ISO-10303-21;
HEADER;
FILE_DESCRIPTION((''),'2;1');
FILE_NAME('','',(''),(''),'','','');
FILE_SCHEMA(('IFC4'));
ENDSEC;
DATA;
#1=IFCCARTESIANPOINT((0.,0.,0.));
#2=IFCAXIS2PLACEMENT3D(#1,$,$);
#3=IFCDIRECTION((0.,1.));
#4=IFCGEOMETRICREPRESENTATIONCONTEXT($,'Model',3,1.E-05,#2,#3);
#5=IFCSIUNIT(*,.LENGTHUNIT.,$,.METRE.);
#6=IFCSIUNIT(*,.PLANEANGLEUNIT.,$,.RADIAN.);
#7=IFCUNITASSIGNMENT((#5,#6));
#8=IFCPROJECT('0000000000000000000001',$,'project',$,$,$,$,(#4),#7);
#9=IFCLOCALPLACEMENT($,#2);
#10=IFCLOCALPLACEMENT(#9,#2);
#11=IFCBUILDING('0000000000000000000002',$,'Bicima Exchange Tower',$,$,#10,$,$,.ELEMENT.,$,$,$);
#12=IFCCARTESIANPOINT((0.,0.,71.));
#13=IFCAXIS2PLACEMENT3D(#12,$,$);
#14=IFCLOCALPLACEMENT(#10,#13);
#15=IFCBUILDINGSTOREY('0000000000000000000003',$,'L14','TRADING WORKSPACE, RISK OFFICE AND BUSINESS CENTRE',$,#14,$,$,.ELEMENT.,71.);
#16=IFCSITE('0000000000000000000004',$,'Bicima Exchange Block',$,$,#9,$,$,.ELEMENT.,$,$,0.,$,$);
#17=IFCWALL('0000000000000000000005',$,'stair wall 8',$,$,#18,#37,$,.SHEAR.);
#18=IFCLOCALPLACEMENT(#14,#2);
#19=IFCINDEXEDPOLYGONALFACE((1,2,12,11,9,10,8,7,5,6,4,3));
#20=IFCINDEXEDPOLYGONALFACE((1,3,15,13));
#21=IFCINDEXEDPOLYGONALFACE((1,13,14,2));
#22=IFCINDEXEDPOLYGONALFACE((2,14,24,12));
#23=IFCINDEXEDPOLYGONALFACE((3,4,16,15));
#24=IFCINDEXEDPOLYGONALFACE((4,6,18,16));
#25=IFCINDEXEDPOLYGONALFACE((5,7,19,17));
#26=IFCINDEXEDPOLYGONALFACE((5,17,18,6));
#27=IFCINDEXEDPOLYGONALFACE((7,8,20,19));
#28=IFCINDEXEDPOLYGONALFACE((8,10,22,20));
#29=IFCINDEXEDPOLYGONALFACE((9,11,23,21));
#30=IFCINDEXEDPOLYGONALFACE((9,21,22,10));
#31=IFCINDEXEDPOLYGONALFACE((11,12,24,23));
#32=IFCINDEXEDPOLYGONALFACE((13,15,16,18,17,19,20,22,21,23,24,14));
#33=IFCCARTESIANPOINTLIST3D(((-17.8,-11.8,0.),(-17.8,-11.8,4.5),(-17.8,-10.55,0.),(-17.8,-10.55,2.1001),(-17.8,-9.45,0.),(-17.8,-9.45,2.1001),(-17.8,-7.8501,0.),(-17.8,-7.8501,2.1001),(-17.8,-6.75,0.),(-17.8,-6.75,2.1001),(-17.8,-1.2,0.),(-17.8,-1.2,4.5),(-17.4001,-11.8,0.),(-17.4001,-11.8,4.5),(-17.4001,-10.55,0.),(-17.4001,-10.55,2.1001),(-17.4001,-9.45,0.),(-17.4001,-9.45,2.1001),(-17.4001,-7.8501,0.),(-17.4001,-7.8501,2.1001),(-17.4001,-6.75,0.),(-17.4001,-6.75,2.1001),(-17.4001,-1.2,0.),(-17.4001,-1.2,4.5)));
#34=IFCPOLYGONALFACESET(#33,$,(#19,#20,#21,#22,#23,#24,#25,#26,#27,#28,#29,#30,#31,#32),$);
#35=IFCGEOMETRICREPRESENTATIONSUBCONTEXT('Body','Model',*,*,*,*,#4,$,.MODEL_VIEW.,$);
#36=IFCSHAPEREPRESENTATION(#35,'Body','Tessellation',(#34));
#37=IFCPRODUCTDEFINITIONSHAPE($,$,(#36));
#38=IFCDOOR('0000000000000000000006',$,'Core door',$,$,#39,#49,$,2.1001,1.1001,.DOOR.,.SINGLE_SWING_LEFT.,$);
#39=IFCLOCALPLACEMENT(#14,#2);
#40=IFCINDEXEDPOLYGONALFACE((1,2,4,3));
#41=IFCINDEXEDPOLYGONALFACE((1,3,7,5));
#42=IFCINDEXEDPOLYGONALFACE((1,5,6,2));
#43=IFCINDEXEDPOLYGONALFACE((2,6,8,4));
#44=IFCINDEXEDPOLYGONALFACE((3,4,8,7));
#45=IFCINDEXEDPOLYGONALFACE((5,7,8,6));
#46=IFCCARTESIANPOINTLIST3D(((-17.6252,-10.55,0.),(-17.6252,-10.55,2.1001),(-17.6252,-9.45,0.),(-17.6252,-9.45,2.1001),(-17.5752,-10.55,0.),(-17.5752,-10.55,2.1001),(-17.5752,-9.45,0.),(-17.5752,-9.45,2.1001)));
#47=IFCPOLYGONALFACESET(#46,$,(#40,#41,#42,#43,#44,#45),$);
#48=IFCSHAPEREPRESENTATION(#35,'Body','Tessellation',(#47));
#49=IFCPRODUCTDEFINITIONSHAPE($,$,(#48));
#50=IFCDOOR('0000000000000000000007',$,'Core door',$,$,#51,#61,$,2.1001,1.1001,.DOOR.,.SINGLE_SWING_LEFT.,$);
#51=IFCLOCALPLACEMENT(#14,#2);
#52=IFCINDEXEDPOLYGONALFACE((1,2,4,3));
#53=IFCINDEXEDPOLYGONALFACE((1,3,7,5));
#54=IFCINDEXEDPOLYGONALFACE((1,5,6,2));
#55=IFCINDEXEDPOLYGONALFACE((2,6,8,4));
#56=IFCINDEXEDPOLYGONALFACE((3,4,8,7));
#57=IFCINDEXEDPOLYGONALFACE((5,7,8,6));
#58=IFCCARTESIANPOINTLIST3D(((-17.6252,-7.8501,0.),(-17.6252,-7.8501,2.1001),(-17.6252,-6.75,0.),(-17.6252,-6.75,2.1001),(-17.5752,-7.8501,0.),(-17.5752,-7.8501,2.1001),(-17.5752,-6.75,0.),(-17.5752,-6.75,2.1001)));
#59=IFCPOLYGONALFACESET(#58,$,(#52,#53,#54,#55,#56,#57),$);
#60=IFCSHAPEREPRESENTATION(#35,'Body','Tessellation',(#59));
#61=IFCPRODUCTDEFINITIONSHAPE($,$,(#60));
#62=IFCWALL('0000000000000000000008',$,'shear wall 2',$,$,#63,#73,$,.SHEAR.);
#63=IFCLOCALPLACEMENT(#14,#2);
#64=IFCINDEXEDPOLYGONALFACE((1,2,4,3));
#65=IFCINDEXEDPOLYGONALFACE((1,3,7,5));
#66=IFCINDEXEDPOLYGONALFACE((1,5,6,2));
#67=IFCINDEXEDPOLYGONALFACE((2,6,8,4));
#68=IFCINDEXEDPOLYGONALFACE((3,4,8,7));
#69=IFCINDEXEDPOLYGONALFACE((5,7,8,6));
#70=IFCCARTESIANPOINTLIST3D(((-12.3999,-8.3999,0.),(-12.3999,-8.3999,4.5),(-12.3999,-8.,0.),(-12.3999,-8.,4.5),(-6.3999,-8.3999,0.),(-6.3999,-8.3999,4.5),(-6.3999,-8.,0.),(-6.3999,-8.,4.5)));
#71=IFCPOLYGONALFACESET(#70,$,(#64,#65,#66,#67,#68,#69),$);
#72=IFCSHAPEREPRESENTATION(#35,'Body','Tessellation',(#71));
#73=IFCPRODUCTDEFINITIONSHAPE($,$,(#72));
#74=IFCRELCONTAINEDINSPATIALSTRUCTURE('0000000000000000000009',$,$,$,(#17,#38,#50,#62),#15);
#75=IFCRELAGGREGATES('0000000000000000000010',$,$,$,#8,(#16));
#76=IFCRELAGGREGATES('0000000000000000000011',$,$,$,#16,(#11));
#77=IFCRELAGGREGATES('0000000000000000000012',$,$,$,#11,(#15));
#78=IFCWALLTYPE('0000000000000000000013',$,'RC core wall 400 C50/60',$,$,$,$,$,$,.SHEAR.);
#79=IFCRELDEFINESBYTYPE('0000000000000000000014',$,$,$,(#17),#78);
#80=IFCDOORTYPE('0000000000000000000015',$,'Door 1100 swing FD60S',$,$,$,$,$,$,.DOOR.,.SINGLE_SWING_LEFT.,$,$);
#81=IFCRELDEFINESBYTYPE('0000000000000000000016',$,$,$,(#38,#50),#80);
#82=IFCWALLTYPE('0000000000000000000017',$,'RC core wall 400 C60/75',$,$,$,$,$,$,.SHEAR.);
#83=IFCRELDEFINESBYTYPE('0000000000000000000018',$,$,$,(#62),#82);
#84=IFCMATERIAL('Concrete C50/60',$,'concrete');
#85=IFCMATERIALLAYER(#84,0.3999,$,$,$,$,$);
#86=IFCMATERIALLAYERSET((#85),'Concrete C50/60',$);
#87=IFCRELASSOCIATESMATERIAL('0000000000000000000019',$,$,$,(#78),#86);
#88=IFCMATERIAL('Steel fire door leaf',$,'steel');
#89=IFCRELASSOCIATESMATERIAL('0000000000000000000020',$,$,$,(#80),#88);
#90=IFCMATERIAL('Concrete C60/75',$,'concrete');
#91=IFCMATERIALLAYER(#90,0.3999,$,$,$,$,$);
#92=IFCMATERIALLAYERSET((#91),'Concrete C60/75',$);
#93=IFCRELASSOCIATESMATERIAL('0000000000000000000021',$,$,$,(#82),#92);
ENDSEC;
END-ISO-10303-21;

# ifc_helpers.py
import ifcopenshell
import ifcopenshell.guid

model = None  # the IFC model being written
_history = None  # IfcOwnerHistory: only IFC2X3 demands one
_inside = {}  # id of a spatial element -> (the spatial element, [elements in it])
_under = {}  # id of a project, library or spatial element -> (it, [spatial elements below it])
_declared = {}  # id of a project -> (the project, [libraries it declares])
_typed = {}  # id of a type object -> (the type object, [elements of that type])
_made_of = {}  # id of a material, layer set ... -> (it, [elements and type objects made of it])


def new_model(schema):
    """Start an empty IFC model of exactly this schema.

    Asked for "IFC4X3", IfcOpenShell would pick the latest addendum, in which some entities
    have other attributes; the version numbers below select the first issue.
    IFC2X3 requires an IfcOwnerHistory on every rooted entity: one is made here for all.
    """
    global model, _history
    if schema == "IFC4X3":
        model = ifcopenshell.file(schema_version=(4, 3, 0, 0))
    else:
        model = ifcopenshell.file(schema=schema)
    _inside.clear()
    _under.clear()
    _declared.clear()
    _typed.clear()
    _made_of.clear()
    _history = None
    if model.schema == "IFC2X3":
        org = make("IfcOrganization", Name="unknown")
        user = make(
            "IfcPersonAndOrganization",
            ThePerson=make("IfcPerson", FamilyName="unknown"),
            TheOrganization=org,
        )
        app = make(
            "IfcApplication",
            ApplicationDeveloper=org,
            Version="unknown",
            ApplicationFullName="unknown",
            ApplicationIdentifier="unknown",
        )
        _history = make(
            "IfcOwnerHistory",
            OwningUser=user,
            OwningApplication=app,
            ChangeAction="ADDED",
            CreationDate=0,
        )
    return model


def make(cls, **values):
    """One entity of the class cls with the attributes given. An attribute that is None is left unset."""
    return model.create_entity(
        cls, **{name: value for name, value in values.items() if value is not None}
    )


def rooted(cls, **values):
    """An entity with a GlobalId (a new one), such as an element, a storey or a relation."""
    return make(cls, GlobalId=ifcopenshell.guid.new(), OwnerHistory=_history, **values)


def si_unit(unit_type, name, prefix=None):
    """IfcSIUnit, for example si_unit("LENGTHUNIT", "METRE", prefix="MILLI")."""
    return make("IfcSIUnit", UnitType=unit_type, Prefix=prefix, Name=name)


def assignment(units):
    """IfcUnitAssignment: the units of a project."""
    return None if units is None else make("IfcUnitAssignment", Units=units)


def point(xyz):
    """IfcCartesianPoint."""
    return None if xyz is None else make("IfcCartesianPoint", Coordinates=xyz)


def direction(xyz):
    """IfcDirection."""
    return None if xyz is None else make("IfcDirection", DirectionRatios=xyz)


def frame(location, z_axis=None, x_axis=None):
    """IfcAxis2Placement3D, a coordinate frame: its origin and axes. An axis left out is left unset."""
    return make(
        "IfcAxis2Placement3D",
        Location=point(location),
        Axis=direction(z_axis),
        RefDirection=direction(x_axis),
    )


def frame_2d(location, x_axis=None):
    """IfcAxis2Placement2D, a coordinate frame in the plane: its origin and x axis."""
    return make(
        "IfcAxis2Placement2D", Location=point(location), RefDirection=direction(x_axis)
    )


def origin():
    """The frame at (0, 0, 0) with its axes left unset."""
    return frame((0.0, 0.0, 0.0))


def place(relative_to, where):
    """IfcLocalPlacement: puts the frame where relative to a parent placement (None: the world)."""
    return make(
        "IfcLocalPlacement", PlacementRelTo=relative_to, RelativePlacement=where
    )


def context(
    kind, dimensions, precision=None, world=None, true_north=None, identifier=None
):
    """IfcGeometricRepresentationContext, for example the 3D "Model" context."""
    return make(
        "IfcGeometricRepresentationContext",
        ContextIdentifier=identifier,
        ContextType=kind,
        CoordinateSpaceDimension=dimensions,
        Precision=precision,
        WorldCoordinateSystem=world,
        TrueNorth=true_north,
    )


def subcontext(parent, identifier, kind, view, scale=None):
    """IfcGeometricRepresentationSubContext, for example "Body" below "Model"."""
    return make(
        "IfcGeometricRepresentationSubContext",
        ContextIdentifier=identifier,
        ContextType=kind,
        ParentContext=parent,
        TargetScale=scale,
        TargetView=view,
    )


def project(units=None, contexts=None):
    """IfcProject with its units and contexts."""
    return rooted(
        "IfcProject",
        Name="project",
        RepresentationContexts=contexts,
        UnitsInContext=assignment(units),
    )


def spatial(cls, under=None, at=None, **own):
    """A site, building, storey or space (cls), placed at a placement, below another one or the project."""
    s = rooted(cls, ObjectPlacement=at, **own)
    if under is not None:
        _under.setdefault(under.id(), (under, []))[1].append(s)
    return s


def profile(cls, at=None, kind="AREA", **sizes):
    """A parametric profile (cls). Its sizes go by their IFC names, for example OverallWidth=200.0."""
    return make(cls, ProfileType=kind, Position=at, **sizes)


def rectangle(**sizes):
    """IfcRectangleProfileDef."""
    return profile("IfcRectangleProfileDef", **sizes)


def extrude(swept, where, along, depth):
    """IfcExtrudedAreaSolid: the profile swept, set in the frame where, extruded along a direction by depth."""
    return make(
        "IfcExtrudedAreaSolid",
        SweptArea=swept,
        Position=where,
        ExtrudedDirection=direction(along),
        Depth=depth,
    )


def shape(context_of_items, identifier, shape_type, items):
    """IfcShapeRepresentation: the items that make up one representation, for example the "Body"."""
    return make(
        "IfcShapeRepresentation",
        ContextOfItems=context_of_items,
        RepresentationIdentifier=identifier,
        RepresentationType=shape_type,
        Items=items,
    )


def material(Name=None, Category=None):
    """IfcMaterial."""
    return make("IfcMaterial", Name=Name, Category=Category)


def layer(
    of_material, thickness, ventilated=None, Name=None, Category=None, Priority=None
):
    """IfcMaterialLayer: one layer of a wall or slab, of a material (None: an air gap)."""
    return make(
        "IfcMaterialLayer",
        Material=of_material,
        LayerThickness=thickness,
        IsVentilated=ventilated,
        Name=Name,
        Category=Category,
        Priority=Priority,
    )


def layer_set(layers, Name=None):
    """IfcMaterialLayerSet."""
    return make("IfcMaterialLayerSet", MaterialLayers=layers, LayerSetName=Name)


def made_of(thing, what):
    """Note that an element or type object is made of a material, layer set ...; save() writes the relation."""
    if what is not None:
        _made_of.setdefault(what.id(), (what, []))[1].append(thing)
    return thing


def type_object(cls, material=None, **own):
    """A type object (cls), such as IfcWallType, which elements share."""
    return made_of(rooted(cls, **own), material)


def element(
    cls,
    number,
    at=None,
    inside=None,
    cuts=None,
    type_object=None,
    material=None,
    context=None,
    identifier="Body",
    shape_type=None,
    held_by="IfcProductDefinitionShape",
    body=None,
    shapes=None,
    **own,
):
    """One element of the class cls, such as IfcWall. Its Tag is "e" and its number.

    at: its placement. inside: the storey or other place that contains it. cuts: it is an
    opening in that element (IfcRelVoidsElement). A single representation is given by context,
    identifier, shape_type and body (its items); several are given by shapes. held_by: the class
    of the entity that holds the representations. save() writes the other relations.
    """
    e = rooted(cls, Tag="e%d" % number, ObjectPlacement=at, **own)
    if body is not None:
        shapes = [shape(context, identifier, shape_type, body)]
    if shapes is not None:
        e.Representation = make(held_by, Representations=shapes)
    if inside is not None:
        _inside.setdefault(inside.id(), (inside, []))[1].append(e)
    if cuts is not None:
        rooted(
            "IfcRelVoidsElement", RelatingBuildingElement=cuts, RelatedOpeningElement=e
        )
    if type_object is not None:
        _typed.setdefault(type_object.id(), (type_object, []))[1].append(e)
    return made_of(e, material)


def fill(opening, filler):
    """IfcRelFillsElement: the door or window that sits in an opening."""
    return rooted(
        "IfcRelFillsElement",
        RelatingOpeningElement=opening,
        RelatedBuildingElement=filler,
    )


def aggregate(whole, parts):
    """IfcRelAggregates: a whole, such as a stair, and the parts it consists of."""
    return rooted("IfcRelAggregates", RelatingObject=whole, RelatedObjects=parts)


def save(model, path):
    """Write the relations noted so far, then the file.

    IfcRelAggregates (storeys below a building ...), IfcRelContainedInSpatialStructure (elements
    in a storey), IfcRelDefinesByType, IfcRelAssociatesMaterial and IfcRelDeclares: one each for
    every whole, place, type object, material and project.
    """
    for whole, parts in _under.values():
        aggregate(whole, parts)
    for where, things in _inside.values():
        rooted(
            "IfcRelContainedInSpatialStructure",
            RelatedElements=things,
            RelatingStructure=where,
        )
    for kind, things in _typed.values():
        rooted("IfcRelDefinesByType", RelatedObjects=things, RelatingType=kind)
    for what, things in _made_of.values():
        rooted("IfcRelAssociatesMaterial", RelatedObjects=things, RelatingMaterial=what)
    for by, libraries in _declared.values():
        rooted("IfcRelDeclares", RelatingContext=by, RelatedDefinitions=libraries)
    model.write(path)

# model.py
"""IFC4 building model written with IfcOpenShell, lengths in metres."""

from ifc_helpers import new_model, si_unit, direction, frame, frame_2d, origin, place, context, subcontext, project, spatial, rectangle, extrude, material, layer, layer_set, type_object, element, fill, save


model = new_model("IFC4")

# Units and contexts
model_context = context("Model", 3, precision=1e-05, world=origin(), true_north=direction((0.0, 1.0)))
body_context = subcontext(model_context, "Body", "Model", "MODEL_VIEW")
ifc_project = project(units=[si_unit("LENGTHUNIT", "METRE"), si_unit("PLANEANGLEUNIT", "RADIAN")], contexts=[model_context])

# Site, building, storey
site_placement = place(None, origin())
site = spatial("IfcSite", under=ifc_project, at=site_placement, Name="Bicima Exchange Block", CompositionType="ELEMENT", RefElevation=0.0)
building_placement = place(site_placement, origin())
building = spatial("IfcBuilding", under=site, at=building_placement, Name="Bicima Exchange Tower", CompositionType="ELEMENT")
storey_placement = place(building_placement, frame((0.0, 0.0, 71.0)))
storey = spatial("IfcBuildingStorey", under=building, at=storey_placement, Name="L14", Description="TRADING WORKSPACE, RISK OFFICE AND BUSINESS CENTRE", CompositionType="ELEMENT", Elevation=71.0)

# Wall, openings, doors
ifc_material_1 = material(Name="Concrete C50/60", Category="concrete")
ifc_layer_1 = layer(ifc_material_1, 0.3999)
ifc_layer_set_1 = layer_set([ifc_layer_1], Name="Concrete C50/60")
wall_type_1 = type_object("IfcWallType", Name="RC core wall 400 C50/60", PredefinedType="SHEAR", material=ifc_layer_set_1)
wall_1_placement = place(storey_placement, frame((-17.6001, -11.8, 0.0), z_axis=(0.0, 0.0, 1.0), x_axis=(0.0, 1.0, 0.0)))
wall_1 = element("IfcWall", 1, at=wall_1_placement, inside=storey, type_object=wall_type_1, Name="stair wall 8", PredefinedType="SHEAR", context=body_context, shape_type="SweptSolid", body=[
    extrude(rectangle(XDim=10.6001, YDim=0.3999, at=frame_2d((5.3, 0.0))), origin(), (0.0, 0.0, 1.0), 4.5),
])
opening_1_placement = place(wall_1_placement, frame((1.25, 0.0, 0.0)))
opening_1 = element("IfcOpeningElement", 2, at=opening_1_placement, cuts=wall_1, PredefinedType="OPENING", context=body_context, shape_type="SweptSolid", body=[
    extrude(rectangle(XDim=1.1001, YDim=2.1001, at=frame_2d((0.55, 1.05))), frame((0.0, 0.2119, 0.0), z_axis=(0.0, -1.0, 0.0), x_axis=(1.0, 0.0, 0.0)), (0.0, 0.0, 1.0), 0.4238),
])
opening_2_placement = place(wall_1_placement, frame((3.95, 0.0, 0.0)))
opening_2 = element("IfcOpeningElement", 3, at=opening_2_placement, cuts=wall_1, PredefinedType="OPENING", context=body_context, shape_type="SweptSolid", body=[
    extrude(rectangle(XDim=1.1001, YDim=2.1001, at=frame_2d((0.55, 1.05))), frame((0.0, 0.2119, 0.0), z_axis=(0.0, -1.0, 0.0), x_axis=(1.0, 0.0, 0.0)), (0.0, 0.0, 1.0), 0.4238),
])
ifc_material_2 = material(Name="Steel fire door leaf", Category="steel")
door_type_1 = type_object("IfcDoorType", Name="Door 1100 swing FD60S", OperationType="SINGLE_SWING_LEFT", PredefinedType="DOOR", material=ifc_material_2)
door_1_placement = place(opening_1_placement, frame((1.1001, 0.0, 0.0), z_axis=(0.0, 0.0, 1.0), x_axis=(-1.0, 0.0, 0.0)))
door_1 = element("IfcDoor", 4, at=door_1_placement, inside=storey, type_object=door_type_1, Name="Core door", OperationType="SINGLE_SWING_LEFT", OverallHeight=2.1001, OverallWidth=1.1001, PredefinedType="DOOR", context=body_context, shape_type="SweptSolid", body=[
    extrude(rectangle(XDim=1.1001, YDim=2.1001, at=frame_2d((0.55, 1.05))), frame((0.0, 0.0249, 0.0), z_axis=(0.0, -1.0, 0.0), x_axis=(1.0, 0.0, 0.0)), (0.0, 0.0, 1.0), 0.05),
])
fill(opening_1, door_1)
door_2_placement = place(opening_2_placement, frame((1.1001, 0.0, 0.0), z_axis=(0.0, 0.0, 1.0), x_axis=(-1.0, 0.0, 0.0)))
door_2 = element("IfcDoor", 5, at=door_2_placement, inside=storey, type_object=door_type_1, Name="Core door", OperationType="SINGLE_SWING_LEFT", OverallHeight=2.1001, OverallWidth=1.1001, PredefinedType="DOOR", context=body_context, shape_type="SweptSolid", body=[
    extrude(rectangle(XDim=1.1001, YDim=2.1001, at=frame_2d((0.55, 1.05))), frame((0.0, 0.0249, 0.0), z_axis=(0.0, -1.0, 0.0), x_axis=(1.0, 0.0, 0.0)), (0.0, 0.0, 1.0), 0.05),
])
fill(opening_2, door_2)

# Wall
ifc_material_3 = material(Name="Concrete C60/75", Category="concrete")
ifc_layer_2 = layer(ifc_material_3, 0.3999)
ifc_layer_set_2 = layer_set([ifc_layer_2], Name="Concrete C60/75")
wall_type_2 = type_object("IfcWallType", Name="RC core wall 400 C60/75", PredefinedType="SHEAR", material=ifc_layer_set_2)
wall_2_placement = place(storey_placement, frame((-12.3999, -8.2, 0.0), z_axis=(0.0, 0.0, 1.0), x_axis=(1.0, 0.0, 0.0)))
element("IfcWall", 6, at=wall_2_placement, inside=storey, type_object=wall_type_2, Name="shear wall 2", PredefinedType="SHEAR", context=body_context, shape_type="SweptSolid", body=[
    extrude(rectangle(XDim=6.0, YDim=0.3999, at=frame_2d((3.0, 0.0))), origin(), (0.0, 0.0, 1.0), 4.5),
])

save(model, "model.ifc")
